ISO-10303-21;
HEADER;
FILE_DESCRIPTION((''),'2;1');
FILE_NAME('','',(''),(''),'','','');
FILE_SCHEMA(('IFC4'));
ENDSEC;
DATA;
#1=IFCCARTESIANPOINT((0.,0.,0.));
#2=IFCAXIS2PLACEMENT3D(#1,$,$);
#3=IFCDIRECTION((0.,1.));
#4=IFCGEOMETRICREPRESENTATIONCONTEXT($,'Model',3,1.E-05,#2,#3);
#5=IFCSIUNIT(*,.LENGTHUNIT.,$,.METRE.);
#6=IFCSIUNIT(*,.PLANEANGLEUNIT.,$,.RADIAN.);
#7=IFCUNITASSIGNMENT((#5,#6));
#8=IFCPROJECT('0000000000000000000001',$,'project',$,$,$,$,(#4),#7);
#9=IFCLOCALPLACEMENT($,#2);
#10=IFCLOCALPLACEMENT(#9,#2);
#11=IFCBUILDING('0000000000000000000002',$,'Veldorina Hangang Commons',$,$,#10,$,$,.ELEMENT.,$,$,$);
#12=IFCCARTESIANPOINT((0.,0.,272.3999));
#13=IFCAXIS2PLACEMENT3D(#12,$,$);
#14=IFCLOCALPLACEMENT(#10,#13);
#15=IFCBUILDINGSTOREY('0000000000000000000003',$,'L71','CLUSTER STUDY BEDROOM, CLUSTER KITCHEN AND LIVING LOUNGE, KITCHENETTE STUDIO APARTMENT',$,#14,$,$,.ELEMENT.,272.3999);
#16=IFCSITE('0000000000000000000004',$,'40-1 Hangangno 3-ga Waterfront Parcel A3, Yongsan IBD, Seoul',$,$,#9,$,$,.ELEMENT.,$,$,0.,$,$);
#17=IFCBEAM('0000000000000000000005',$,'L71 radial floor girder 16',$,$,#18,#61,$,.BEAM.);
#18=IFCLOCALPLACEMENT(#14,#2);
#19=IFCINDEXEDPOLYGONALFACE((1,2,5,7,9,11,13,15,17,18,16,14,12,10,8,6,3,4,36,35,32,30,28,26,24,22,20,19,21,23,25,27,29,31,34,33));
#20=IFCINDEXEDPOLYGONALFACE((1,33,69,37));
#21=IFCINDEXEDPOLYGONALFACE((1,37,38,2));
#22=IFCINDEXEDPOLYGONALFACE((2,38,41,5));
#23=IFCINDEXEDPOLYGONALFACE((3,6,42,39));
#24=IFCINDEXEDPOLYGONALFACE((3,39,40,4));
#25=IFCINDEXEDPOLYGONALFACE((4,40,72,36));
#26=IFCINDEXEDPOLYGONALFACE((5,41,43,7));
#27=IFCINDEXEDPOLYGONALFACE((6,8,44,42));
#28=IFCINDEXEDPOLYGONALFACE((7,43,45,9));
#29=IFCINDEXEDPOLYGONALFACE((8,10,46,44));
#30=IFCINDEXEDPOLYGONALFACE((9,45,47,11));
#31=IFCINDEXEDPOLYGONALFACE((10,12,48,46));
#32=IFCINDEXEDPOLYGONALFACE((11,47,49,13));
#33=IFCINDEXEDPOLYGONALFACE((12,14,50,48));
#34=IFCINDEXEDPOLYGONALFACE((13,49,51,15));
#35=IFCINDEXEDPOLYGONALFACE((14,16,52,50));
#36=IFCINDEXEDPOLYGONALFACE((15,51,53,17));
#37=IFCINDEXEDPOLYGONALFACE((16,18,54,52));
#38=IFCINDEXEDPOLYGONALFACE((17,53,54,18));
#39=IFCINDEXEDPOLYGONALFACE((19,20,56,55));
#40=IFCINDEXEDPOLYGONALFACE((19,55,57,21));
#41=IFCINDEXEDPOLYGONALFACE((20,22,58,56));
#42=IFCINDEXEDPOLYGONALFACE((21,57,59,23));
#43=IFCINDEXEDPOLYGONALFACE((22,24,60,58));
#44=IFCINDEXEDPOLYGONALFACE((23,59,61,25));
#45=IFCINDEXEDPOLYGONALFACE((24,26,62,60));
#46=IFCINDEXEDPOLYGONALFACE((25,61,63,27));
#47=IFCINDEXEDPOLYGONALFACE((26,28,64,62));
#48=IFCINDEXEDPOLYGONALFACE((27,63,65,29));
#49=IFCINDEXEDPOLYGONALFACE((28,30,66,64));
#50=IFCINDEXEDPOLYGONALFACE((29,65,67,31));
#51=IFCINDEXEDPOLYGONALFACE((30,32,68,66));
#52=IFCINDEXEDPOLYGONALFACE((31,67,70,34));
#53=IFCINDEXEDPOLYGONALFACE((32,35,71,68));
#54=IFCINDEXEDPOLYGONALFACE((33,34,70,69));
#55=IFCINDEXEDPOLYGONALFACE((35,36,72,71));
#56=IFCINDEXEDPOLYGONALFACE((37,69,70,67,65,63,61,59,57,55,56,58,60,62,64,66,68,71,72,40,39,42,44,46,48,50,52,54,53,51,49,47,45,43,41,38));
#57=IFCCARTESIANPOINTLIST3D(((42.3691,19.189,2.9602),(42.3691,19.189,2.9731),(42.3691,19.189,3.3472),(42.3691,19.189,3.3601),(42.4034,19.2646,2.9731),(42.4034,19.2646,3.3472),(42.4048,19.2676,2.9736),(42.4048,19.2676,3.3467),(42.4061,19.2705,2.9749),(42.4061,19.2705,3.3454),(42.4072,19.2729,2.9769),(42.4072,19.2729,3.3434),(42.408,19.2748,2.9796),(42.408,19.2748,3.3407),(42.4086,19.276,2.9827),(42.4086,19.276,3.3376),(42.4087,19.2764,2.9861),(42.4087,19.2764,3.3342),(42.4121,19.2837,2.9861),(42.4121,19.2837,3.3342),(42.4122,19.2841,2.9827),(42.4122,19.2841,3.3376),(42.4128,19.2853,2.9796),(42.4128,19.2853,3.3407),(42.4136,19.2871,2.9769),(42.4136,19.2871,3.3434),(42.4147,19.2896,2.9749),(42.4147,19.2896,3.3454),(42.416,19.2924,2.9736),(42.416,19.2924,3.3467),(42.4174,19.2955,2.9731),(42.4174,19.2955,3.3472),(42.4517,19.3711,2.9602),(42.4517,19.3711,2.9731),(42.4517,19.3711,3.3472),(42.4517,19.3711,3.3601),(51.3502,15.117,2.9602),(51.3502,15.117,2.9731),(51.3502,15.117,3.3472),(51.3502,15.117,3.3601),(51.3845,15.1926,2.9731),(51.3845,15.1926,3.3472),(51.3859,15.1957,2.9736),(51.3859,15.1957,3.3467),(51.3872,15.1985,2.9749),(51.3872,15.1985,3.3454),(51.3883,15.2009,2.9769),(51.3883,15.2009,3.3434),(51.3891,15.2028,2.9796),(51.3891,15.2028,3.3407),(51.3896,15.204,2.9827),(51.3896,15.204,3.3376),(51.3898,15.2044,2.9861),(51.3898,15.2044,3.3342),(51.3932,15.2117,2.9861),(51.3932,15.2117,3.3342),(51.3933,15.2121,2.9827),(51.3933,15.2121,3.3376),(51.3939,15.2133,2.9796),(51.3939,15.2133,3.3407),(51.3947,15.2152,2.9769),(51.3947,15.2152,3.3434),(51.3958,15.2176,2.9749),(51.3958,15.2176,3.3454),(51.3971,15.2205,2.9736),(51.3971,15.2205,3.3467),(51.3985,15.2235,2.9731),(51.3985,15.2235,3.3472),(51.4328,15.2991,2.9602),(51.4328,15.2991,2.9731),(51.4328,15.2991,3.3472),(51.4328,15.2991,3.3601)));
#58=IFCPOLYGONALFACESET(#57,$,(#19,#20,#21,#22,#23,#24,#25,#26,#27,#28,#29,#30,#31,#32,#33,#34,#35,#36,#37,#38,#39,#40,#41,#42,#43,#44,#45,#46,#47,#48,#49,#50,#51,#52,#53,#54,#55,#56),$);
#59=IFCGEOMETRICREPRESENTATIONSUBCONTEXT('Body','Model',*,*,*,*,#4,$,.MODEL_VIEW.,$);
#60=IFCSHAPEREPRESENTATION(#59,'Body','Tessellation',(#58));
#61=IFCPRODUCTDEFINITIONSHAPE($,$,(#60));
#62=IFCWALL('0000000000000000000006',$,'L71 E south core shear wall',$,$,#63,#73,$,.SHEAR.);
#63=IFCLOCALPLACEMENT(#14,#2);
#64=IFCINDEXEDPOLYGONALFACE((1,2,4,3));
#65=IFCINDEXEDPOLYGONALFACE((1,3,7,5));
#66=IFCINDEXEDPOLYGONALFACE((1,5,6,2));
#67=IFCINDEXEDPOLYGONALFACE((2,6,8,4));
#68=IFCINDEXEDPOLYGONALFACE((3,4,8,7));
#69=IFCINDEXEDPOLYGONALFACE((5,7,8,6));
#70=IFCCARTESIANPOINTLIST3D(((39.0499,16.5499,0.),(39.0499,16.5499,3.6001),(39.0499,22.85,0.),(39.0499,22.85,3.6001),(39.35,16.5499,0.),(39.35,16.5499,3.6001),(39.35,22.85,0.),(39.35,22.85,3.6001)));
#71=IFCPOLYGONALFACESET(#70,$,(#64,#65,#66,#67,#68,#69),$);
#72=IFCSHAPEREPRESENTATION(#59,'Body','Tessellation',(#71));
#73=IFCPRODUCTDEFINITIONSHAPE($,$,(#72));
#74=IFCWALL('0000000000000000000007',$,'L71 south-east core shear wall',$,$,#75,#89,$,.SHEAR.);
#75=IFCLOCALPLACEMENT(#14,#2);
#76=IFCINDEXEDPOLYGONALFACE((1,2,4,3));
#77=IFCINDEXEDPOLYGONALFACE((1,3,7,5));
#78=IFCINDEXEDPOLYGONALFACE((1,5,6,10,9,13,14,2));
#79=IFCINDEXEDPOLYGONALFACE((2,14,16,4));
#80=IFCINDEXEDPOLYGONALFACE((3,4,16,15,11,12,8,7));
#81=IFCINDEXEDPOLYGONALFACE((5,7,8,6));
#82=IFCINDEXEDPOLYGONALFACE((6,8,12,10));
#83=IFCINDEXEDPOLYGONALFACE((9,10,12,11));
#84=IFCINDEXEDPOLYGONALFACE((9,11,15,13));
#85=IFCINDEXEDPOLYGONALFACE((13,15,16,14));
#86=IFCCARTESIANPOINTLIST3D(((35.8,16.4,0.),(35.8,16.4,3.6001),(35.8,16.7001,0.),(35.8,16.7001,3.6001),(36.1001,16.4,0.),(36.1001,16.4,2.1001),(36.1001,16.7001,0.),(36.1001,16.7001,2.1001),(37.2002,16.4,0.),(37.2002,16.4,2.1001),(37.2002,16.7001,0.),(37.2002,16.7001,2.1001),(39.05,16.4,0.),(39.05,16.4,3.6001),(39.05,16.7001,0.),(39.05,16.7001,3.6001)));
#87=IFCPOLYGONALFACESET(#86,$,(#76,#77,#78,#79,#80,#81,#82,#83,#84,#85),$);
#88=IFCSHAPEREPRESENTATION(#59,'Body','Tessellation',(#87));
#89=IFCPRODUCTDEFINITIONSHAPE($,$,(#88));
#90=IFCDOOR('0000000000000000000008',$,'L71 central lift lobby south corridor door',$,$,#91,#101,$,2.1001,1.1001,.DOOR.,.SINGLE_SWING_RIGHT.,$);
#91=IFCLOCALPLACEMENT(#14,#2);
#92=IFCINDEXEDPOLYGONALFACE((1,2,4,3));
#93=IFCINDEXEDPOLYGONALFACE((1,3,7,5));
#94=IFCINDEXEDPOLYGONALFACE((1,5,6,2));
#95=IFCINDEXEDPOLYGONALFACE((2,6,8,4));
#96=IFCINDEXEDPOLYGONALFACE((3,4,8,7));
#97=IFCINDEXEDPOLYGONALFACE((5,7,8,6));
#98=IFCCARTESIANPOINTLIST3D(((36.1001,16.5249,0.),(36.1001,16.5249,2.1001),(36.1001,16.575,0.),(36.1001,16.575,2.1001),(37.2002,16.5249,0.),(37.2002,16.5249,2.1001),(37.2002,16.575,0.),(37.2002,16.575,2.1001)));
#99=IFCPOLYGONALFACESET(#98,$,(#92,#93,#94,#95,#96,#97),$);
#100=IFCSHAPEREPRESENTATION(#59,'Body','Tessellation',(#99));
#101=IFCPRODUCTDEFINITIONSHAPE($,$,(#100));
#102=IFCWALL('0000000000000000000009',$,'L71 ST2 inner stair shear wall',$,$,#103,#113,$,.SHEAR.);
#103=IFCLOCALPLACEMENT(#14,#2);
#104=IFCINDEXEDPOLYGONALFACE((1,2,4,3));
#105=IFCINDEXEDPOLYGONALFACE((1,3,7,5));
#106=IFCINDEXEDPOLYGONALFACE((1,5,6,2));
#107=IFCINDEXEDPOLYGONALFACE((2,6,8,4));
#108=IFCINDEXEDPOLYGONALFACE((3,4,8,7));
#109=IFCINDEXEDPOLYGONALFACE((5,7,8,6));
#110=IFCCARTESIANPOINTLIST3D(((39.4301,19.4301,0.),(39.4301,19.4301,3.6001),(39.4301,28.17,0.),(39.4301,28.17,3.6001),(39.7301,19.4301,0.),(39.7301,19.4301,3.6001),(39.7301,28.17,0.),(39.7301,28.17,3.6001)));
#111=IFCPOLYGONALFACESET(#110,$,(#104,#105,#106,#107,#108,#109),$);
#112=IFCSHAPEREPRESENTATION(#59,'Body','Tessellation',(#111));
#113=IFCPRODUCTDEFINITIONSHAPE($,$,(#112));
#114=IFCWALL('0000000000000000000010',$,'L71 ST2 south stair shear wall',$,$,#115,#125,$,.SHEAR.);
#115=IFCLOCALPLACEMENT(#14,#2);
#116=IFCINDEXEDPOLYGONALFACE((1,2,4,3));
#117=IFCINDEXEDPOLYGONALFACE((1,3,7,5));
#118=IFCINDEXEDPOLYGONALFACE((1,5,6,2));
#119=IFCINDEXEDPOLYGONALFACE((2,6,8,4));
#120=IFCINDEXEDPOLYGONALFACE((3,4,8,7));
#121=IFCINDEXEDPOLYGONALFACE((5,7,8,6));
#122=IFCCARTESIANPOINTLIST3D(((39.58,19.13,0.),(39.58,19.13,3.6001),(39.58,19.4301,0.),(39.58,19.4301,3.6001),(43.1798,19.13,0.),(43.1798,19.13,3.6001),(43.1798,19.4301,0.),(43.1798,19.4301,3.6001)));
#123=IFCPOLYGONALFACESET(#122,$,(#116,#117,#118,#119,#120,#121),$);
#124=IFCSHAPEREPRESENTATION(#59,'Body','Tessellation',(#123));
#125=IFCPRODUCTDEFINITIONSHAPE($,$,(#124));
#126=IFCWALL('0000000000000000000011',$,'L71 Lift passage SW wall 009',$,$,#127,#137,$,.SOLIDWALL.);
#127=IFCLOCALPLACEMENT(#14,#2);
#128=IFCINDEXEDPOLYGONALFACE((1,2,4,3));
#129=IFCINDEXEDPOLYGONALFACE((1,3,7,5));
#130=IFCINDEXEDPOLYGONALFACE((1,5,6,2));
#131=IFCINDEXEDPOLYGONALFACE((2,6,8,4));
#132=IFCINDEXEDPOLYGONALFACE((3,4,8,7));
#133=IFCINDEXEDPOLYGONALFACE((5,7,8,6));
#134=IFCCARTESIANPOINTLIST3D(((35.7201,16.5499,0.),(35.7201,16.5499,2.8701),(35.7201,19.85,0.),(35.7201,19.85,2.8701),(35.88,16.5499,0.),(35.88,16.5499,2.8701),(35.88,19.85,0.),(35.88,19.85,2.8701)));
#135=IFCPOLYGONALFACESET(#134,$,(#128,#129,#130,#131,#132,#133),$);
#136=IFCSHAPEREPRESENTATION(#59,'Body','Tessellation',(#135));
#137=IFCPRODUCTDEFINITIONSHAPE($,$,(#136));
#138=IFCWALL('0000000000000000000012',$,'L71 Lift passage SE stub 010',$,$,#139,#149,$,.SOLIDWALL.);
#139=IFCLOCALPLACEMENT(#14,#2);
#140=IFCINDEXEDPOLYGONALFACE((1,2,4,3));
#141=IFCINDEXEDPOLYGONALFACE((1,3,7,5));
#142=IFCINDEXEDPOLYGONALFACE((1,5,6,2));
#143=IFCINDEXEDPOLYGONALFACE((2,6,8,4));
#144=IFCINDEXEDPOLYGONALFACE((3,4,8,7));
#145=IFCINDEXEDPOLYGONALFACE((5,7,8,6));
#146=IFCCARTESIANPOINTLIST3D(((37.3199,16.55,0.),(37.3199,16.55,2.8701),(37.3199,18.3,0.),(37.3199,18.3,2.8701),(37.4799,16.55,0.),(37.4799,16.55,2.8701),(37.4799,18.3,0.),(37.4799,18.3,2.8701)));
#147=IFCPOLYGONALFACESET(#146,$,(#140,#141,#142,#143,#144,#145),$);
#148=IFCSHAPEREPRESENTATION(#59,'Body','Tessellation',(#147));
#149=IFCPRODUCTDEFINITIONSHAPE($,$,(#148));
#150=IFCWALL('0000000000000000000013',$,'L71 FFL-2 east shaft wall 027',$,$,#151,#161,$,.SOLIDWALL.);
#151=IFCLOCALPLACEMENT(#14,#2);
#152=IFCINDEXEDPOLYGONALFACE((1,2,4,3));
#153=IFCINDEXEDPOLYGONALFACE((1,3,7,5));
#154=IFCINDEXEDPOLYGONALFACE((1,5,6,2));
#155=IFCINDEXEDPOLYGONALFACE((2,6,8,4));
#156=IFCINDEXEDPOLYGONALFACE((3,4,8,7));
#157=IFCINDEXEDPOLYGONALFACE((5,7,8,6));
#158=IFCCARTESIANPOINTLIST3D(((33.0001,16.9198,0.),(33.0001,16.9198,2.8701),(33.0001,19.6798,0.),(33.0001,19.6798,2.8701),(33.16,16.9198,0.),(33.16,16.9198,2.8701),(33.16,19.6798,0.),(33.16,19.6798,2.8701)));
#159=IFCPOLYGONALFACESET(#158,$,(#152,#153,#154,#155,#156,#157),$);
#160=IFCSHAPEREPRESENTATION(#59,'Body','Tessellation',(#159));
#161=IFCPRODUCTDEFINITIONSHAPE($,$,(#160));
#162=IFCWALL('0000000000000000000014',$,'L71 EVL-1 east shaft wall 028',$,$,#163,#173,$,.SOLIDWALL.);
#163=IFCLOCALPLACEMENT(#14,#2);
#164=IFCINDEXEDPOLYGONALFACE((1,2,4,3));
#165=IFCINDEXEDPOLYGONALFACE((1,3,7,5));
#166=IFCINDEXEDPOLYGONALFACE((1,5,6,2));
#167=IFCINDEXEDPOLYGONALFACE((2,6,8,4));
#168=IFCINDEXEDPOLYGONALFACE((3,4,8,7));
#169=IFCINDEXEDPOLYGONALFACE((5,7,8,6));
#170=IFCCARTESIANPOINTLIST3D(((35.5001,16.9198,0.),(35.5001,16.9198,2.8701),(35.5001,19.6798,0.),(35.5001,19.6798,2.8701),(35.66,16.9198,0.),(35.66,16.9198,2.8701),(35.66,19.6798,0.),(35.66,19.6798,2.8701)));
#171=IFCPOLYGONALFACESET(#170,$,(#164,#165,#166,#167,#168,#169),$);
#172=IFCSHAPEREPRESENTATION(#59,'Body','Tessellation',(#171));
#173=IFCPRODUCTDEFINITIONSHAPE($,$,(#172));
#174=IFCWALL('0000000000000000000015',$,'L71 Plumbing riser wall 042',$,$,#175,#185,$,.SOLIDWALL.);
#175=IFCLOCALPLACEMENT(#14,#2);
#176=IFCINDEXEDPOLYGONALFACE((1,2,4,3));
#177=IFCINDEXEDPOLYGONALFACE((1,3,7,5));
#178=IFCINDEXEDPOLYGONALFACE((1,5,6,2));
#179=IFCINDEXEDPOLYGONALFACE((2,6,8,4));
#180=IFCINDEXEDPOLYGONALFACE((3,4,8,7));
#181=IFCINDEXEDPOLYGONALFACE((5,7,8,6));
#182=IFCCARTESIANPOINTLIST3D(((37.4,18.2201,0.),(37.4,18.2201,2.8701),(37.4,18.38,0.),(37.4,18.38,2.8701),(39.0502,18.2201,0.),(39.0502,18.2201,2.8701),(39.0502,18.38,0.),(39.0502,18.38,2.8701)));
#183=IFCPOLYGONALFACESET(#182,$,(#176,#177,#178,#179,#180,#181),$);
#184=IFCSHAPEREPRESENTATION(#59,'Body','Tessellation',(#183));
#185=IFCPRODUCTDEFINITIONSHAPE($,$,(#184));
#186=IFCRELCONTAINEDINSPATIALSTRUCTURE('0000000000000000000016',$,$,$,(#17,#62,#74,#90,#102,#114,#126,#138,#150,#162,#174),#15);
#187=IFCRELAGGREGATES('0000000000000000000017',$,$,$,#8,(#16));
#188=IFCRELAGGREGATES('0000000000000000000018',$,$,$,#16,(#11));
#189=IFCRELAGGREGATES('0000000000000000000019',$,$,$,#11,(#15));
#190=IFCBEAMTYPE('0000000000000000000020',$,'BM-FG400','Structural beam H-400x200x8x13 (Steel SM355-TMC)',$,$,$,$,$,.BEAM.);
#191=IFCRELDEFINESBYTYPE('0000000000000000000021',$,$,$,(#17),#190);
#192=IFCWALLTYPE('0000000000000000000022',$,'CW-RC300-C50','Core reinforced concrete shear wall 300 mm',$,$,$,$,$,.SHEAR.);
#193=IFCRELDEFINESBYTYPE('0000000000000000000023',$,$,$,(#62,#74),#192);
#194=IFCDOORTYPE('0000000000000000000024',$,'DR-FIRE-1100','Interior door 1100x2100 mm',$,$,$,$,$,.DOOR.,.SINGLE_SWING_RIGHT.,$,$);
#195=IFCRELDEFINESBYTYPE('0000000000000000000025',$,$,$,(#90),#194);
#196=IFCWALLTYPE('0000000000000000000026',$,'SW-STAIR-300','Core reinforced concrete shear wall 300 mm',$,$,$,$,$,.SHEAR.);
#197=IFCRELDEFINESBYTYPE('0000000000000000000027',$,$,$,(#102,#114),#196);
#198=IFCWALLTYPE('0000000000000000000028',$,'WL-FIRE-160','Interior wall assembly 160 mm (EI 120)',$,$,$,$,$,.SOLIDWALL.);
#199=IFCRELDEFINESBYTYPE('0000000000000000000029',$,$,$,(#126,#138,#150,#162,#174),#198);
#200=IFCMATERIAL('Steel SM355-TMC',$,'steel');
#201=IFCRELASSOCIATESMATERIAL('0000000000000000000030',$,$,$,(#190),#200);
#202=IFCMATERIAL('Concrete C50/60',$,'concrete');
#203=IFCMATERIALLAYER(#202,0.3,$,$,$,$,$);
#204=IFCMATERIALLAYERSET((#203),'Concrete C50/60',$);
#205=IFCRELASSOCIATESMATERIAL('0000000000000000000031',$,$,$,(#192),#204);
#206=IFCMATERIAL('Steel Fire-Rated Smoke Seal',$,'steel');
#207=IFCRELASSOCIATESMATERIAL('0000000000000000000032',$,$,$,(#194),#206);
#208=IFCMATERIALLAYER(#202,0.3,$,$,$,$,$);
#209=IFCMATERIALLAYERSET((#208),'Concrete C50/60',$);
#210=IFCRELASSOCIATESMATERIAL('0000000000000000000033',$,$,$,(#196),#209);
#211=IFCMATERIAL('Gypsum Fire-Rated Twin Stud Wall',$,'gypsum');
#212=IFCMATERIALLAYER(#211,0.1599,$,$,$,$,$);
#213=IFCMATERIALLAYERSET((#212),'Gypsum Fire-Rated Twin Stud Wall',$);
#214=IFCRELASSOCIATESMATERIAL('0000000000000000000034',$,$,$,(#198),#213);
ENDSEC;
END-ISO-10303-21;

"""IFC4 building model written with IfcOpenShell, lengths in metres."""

from ifc_helpers import new_model, si_unit, direction, frame, frame_2d, origin, origin_2d, place, context, subcontext, project, spatial, rectangle, i_section, extrude, material, layer, layer_set, material_profile, profile_set, type_object, element, fill, save


model = new_model("IFC4")

# Units and contexts
model_context = context("Model", 3, precision=1e-05, world=origin(), true_north=direction((0.0, 1.0)))
body_context = subcontext(model_context, "Body", "Model", "MODEL_VIEW")
ifc_project = project(units=[si_unit("LENGTHUNIT", "METRE"), si_unit("PLANEANGLEUNIT", "RADIAN")], contexts=[model_context])

# Site, building, storey
site_placement = place(None, origin())
site = spatial("IfcSite", under=ifc_project, at=site_placement, Name="40-1 Hangangno 3-ga Waterfront Parcel A3, Yongsan IBD, Seoul", CompositionType="ELEMENT", RefElevation=0.0)
building_placement = place(site_placement, origin())
building = spatial("IfcBuilding", under=site, at=building_placement, Name="Veldorina Hangang Commons", CompositionType="ELEMENT")
storey_placement = place(building_placement, frame((0.0, 0.0, 272.3999)))
storey = spatial("IfcBuildingStorey", under=building, at=storey_placement, Name="L71", Description="CLUSTER STUDY BEDROOM, CLUSTER KITCHEN AND LIVING LOUNGE, KITCHENETTE STUDIO APARTMENT", CompositionType="ELEMENT", Elevation=272.3999)

# Beam
ifc_material_1 = material(Name="Concrete C50/60", Category="concrete")
ifc_material_2 = material(Name="Steel SM355-TMC", Category="steel")
ifc_material_profile_1 = material_profile(ifc_material_2, i_section(OverallWidth=0.2, OverallDepth=0.3999, WebThickness=0.0081, FlangeThickness=0.0129, FilletRadius=0.0129, at=origin_2d()), Name="H-400x200x8x13")
ifc_profile_set_1 = profile_set([ifc_material_profile_1], Name="Steel SM355-TMC")
beam_type_1 = type_object("IfcBeamType", Name="BM-FG400", Description="Structural beam H-400x200x8x13 (Steel SM355-TMC)", PredefinedType="BEAM", material=ifc_profile_set_1)
beam_1_placement = place(storey_placement, frame((42.4104, 19.28, 3.1602), z_axis=(0.910761, -0.412934, 0.0), x_axis=(0.412934, 0.910761, 0.0)))
element("IfcBeam", 1, at=beam_1_placement, inside=storey, type_object=beam_type_1, Name="L71 radial floor girder 16", PredefinedType="BEAM", context=body_context, shape_type="SweptSolid", body=[
    extrude(i_section(OverallWidth=0.2, OverallDepth=0.3999, WebThickness=0.0081, FlangeThickness=0.0129, FilletRadius=0.0129, at=origin_2d()), origin(), (0.0, 0.0, 1.0), 9.8611),
])

# Wall
ifc_layer_1 = layer(ifc_material_1, 0.3)
ifc_layer_set_1 = layer_set([ifc_layer_1], Name="Concrete C50/60")
wall_type_1 = type_object("IfcWallType", Name="CW-RC300-C50", Description="Core reinforced concrete shear wall 300 mm", PredefinedType="SHEAR", material=ifc_layer_set_1)
wall_1_placement = place(storey_placement, frame((39.2, 16.55, 0.0), z_axis=(0.0, 0.0, 1.0), x_axis=(0.0, 1.0, 0.0)))
element("IfcWall", 2, at=wall_1_placement, inside=storey, type_object=wall_type_1, Name="L71 E south core shear wall", PredefinedType="SHEAR", context=body_context, shape_type="SweptSolid", body=[
    extrude(rectangle(XDim=6.3, YDim=0.3, at=frame_2d((3.1499, 0.0))), origin(), (0.0, 0.0, 1.0), 3.6001),
])

# Wall, opening, door
wall_2_placement = place(storey_placement, frame((35.8, 16.55, 0.0), z_axis=(0.0, 0.0, 1.0), x_axis=(1.0, 0.0, 0.0)))
wall_2 = element("IfcWall", 3, at=wall_2_placement, inside=storey, type_object=wall_type_1, Name="L71 south-east core shear wall", PredefinedType="SHEAR", context=body_context, shape_type="SweptSolid", body=[
    extrude(rectangle(XDim=3.25, YDim=0.3, at=frame_2d((1.625, 0.0))), origin(), (0.0, 0.0, 1.0), 3.6001),
])
opening_1_placement = place(wall_2_placement, frame((0.3, 0.0, 0.0)))
opening_1 = element("IfcOpeningElement", 4, at=opening_1_placement, cuts=wall_2, PredefinedType="OPENING", context=body_context, shape_type="SweptSolid", body=[
    extrude(rectangle(XDim=1.1001, YDim=2.1001, at=frame_2d((0.55, 1.05))), frame((0.0, 0.1602, 0.0), z_axis=(0.0, -1.0, 0.0), x_axis=(1.0, 0.0, 0.0)), (0.0, 0.0, 1.0), 0.3201),
])
ifc_material_3 = material(Name="Steel Fire-Rated Smoke Seal", Category="steel")
door_type_1 = type_object("IfcDoorType", Name="DR-FIRE-1100", Description="Interior door 1100x2100 mm", OperationType="SINGLE_SWING_RIGHT", PredefinedType="DOOR", material=ifc_material_3)
door_1_placement = place(opening_1_placement, origin())
door_1 = element("IfcDoor", 5, at=door_1_placement, inside=storey, type_object=door_type_1, Name="L71 central lift lobby south corridor door", OperationType="SINGLE_SWING_RIGHT", OverallHeight=2.1001, OverallWidth=1.1001, PredefinedType="DOOR", context=body_context, shape_type="SweptSolid", body=[
    extrude(rectangle(XDim=1.1001, YDim=2.1001, at=frame_2d((0.55, 1.05))), frame((0.0, 0.0249, 0.0), z_axis=(0.0, -1.0, 0.0), x_axis=(1.0, 0.0, 0.0)), (0.0, 0.0, 1.0), 0.05),
])
fill(opening_1, door_1)

# Walls
ifc_layer_2 = layer(ifc_material_1, 0.3)
ifc_layer_set_2 = layer_set([ifc_layer_2], Name="Concrete C50/60")
wall_type_2 = type_object("IfcWallType", Name="SW-STAIR-300", Description="Core reinforced concrete shear wall 300 mm", PredefinedType="SHEAR", material=ifc_layer_set_2)
wall_3_placement = place(storey_placement, frame((39.5801, 19.4299, 0.0), z_axis=(0.0, 0.0, 1.0), x_axis=(0.0, 1.0, 0.0)))
element("IfcWall", 6, at=wall_3_placement, inside=storey, type_object=wall_type_2, Name="L71 ST2 inner stair shear wall", PredefinedType="SHEAR", context=body_context, shape_type="SweptSolid", body=[
    extrude(rectangle(XDim=8.74, YDim=0.3, at=frame_2d((4.3701, 0.0))), origin(), (0.0, 0.0, 1.0), 3.6001),
])
wall_4_placement = place(storey_placement, frame((39.5801, 19.28, 0.0), z_axis=(0.0, 0.0, 1.0), x_axis=(1.0, 0.0, 0.0)))
element("IfcWall", 7, at=wall_4_placement, inside=storey, type_object=wall_type_2, Name="L71 ST2 south stair shear wall", PredefinedType="SHEAR", context=body_context, shape_type="SweptSolid", body=[
    extrude(rectangle(XDim=3.5999, YDim=0.3, at=frame_2d((1.7998, 0.0))), origin(), (0.0, 0.0, 1.0), 3.6001),
])
ifc_material_4 = material(Name="Gypsum Fire-Rated Twin Stud Wall", Category="gypsum")
ifc_layer_3 = layer(ifc_material_4, 0.1599)
ifc_layer_set_3 = layer_set([ifc_layer_3], Name="Gypsum Fire-Rated Twin Stud Wall")
wall_type_3 = type_object("IfcWallType", Name="WL-FIRE-160", Description="Interior wall assembly 160 mm (EI 120)", PredefinedType="SOLIDWALL", material=ifc_layer_set_3)
wall_5_placement = place(storey_placement, frame((35.8, 16.55, 0.0), z_axis=(0.0, 0.0, 1.0), x_axis=(0.0, 1.0, 0.0)))
element("IfcWall", 8, at=wall_5_placement, inside=storey, type_object=wall_type_3, Name="L71 Lift passage SW wall 009", PredefinedType="SOLIDWALL", context=body_context, shape_type="SweptSolid", body=[
    extrude(rectangle(XDim=3.3, YDim=0.1599, at=frame_2d((1.6499, 0.0))), origin(), (0.0, 0.0, 1.0), 2.8701),
])
wall_6_placement = place(storey_placement, frame((37.3999, 16.55, 0.0), z_axis=(0.0, 0.0, 1.0), x_axis=(0.0, 1.0, 0.0)))
element("IfcWall", 9, at=wall_6_placement, inside=storey, type_object=wall_type_3, Name="L71 Lift passage SE stub 010", PredefinedType="SOLIDWALL", context=body_context, shape_type="SweptSolid", body=[
    extrude(rectangle(XDim=1.75, YDim=0.1599, at=frame_2d((0.875, 0.0))), origin(), (0.0, 0.0, 1.0), 2.8701),
])
for number, where, z_axis, x_axis, name in (
    (10, (33.0801, 16.9199, 0.0), (0.0, 0.0, 1.0), (0.0, 1.0, 0.0), "L71 FFL-2 east shaft wall 027"),
    (11, (35.5801, 16.9199, 0.0), (0.0, 0.0, 1.0), (0.0, 1.0, 0.0), "L71 EVL-1 east shaft wall 028"),
):
    element("IfcWall", number, at=place(storey_placement, frame(where, z_axis=z_axis, x_axis=x_axis)), inside=storey, type_object=wall_type_3, Name=name, PredefinedType="SOLIDWALL", context=body_context, shape_type="SweptSolid", body=[
        extrude(rectangle(XDim=2.76, YDim=0.1599, at=frame_2d((1.3799, 0.0))), origin(), (0.0, 0.0, 1.0), 2.8701),
    ])
wall_7_placement = place(storey_placement, frame((37.3999, 18.3, 0.0), z_axis=(0.0, 0.0, 1.0), x_axis=(1.0, 0.0, 0.0)))
element("IfcWall", 12, at=wall_7_placement, inside=storey, type_object=wall_type_3, Name="L71 Plumbing riser wall 042", PredefinedType="SOLIDWALL", context=body_context, shape_type="SweptSolid", body=[
    extrude(rectangle(XDim=1.6501, YDim=0.1599, at=frame_2d((0.8252, 0.0))), origin(), (0.0, 0.0, 1.0), 2.8701),
])

save(model, "model.ifc")
